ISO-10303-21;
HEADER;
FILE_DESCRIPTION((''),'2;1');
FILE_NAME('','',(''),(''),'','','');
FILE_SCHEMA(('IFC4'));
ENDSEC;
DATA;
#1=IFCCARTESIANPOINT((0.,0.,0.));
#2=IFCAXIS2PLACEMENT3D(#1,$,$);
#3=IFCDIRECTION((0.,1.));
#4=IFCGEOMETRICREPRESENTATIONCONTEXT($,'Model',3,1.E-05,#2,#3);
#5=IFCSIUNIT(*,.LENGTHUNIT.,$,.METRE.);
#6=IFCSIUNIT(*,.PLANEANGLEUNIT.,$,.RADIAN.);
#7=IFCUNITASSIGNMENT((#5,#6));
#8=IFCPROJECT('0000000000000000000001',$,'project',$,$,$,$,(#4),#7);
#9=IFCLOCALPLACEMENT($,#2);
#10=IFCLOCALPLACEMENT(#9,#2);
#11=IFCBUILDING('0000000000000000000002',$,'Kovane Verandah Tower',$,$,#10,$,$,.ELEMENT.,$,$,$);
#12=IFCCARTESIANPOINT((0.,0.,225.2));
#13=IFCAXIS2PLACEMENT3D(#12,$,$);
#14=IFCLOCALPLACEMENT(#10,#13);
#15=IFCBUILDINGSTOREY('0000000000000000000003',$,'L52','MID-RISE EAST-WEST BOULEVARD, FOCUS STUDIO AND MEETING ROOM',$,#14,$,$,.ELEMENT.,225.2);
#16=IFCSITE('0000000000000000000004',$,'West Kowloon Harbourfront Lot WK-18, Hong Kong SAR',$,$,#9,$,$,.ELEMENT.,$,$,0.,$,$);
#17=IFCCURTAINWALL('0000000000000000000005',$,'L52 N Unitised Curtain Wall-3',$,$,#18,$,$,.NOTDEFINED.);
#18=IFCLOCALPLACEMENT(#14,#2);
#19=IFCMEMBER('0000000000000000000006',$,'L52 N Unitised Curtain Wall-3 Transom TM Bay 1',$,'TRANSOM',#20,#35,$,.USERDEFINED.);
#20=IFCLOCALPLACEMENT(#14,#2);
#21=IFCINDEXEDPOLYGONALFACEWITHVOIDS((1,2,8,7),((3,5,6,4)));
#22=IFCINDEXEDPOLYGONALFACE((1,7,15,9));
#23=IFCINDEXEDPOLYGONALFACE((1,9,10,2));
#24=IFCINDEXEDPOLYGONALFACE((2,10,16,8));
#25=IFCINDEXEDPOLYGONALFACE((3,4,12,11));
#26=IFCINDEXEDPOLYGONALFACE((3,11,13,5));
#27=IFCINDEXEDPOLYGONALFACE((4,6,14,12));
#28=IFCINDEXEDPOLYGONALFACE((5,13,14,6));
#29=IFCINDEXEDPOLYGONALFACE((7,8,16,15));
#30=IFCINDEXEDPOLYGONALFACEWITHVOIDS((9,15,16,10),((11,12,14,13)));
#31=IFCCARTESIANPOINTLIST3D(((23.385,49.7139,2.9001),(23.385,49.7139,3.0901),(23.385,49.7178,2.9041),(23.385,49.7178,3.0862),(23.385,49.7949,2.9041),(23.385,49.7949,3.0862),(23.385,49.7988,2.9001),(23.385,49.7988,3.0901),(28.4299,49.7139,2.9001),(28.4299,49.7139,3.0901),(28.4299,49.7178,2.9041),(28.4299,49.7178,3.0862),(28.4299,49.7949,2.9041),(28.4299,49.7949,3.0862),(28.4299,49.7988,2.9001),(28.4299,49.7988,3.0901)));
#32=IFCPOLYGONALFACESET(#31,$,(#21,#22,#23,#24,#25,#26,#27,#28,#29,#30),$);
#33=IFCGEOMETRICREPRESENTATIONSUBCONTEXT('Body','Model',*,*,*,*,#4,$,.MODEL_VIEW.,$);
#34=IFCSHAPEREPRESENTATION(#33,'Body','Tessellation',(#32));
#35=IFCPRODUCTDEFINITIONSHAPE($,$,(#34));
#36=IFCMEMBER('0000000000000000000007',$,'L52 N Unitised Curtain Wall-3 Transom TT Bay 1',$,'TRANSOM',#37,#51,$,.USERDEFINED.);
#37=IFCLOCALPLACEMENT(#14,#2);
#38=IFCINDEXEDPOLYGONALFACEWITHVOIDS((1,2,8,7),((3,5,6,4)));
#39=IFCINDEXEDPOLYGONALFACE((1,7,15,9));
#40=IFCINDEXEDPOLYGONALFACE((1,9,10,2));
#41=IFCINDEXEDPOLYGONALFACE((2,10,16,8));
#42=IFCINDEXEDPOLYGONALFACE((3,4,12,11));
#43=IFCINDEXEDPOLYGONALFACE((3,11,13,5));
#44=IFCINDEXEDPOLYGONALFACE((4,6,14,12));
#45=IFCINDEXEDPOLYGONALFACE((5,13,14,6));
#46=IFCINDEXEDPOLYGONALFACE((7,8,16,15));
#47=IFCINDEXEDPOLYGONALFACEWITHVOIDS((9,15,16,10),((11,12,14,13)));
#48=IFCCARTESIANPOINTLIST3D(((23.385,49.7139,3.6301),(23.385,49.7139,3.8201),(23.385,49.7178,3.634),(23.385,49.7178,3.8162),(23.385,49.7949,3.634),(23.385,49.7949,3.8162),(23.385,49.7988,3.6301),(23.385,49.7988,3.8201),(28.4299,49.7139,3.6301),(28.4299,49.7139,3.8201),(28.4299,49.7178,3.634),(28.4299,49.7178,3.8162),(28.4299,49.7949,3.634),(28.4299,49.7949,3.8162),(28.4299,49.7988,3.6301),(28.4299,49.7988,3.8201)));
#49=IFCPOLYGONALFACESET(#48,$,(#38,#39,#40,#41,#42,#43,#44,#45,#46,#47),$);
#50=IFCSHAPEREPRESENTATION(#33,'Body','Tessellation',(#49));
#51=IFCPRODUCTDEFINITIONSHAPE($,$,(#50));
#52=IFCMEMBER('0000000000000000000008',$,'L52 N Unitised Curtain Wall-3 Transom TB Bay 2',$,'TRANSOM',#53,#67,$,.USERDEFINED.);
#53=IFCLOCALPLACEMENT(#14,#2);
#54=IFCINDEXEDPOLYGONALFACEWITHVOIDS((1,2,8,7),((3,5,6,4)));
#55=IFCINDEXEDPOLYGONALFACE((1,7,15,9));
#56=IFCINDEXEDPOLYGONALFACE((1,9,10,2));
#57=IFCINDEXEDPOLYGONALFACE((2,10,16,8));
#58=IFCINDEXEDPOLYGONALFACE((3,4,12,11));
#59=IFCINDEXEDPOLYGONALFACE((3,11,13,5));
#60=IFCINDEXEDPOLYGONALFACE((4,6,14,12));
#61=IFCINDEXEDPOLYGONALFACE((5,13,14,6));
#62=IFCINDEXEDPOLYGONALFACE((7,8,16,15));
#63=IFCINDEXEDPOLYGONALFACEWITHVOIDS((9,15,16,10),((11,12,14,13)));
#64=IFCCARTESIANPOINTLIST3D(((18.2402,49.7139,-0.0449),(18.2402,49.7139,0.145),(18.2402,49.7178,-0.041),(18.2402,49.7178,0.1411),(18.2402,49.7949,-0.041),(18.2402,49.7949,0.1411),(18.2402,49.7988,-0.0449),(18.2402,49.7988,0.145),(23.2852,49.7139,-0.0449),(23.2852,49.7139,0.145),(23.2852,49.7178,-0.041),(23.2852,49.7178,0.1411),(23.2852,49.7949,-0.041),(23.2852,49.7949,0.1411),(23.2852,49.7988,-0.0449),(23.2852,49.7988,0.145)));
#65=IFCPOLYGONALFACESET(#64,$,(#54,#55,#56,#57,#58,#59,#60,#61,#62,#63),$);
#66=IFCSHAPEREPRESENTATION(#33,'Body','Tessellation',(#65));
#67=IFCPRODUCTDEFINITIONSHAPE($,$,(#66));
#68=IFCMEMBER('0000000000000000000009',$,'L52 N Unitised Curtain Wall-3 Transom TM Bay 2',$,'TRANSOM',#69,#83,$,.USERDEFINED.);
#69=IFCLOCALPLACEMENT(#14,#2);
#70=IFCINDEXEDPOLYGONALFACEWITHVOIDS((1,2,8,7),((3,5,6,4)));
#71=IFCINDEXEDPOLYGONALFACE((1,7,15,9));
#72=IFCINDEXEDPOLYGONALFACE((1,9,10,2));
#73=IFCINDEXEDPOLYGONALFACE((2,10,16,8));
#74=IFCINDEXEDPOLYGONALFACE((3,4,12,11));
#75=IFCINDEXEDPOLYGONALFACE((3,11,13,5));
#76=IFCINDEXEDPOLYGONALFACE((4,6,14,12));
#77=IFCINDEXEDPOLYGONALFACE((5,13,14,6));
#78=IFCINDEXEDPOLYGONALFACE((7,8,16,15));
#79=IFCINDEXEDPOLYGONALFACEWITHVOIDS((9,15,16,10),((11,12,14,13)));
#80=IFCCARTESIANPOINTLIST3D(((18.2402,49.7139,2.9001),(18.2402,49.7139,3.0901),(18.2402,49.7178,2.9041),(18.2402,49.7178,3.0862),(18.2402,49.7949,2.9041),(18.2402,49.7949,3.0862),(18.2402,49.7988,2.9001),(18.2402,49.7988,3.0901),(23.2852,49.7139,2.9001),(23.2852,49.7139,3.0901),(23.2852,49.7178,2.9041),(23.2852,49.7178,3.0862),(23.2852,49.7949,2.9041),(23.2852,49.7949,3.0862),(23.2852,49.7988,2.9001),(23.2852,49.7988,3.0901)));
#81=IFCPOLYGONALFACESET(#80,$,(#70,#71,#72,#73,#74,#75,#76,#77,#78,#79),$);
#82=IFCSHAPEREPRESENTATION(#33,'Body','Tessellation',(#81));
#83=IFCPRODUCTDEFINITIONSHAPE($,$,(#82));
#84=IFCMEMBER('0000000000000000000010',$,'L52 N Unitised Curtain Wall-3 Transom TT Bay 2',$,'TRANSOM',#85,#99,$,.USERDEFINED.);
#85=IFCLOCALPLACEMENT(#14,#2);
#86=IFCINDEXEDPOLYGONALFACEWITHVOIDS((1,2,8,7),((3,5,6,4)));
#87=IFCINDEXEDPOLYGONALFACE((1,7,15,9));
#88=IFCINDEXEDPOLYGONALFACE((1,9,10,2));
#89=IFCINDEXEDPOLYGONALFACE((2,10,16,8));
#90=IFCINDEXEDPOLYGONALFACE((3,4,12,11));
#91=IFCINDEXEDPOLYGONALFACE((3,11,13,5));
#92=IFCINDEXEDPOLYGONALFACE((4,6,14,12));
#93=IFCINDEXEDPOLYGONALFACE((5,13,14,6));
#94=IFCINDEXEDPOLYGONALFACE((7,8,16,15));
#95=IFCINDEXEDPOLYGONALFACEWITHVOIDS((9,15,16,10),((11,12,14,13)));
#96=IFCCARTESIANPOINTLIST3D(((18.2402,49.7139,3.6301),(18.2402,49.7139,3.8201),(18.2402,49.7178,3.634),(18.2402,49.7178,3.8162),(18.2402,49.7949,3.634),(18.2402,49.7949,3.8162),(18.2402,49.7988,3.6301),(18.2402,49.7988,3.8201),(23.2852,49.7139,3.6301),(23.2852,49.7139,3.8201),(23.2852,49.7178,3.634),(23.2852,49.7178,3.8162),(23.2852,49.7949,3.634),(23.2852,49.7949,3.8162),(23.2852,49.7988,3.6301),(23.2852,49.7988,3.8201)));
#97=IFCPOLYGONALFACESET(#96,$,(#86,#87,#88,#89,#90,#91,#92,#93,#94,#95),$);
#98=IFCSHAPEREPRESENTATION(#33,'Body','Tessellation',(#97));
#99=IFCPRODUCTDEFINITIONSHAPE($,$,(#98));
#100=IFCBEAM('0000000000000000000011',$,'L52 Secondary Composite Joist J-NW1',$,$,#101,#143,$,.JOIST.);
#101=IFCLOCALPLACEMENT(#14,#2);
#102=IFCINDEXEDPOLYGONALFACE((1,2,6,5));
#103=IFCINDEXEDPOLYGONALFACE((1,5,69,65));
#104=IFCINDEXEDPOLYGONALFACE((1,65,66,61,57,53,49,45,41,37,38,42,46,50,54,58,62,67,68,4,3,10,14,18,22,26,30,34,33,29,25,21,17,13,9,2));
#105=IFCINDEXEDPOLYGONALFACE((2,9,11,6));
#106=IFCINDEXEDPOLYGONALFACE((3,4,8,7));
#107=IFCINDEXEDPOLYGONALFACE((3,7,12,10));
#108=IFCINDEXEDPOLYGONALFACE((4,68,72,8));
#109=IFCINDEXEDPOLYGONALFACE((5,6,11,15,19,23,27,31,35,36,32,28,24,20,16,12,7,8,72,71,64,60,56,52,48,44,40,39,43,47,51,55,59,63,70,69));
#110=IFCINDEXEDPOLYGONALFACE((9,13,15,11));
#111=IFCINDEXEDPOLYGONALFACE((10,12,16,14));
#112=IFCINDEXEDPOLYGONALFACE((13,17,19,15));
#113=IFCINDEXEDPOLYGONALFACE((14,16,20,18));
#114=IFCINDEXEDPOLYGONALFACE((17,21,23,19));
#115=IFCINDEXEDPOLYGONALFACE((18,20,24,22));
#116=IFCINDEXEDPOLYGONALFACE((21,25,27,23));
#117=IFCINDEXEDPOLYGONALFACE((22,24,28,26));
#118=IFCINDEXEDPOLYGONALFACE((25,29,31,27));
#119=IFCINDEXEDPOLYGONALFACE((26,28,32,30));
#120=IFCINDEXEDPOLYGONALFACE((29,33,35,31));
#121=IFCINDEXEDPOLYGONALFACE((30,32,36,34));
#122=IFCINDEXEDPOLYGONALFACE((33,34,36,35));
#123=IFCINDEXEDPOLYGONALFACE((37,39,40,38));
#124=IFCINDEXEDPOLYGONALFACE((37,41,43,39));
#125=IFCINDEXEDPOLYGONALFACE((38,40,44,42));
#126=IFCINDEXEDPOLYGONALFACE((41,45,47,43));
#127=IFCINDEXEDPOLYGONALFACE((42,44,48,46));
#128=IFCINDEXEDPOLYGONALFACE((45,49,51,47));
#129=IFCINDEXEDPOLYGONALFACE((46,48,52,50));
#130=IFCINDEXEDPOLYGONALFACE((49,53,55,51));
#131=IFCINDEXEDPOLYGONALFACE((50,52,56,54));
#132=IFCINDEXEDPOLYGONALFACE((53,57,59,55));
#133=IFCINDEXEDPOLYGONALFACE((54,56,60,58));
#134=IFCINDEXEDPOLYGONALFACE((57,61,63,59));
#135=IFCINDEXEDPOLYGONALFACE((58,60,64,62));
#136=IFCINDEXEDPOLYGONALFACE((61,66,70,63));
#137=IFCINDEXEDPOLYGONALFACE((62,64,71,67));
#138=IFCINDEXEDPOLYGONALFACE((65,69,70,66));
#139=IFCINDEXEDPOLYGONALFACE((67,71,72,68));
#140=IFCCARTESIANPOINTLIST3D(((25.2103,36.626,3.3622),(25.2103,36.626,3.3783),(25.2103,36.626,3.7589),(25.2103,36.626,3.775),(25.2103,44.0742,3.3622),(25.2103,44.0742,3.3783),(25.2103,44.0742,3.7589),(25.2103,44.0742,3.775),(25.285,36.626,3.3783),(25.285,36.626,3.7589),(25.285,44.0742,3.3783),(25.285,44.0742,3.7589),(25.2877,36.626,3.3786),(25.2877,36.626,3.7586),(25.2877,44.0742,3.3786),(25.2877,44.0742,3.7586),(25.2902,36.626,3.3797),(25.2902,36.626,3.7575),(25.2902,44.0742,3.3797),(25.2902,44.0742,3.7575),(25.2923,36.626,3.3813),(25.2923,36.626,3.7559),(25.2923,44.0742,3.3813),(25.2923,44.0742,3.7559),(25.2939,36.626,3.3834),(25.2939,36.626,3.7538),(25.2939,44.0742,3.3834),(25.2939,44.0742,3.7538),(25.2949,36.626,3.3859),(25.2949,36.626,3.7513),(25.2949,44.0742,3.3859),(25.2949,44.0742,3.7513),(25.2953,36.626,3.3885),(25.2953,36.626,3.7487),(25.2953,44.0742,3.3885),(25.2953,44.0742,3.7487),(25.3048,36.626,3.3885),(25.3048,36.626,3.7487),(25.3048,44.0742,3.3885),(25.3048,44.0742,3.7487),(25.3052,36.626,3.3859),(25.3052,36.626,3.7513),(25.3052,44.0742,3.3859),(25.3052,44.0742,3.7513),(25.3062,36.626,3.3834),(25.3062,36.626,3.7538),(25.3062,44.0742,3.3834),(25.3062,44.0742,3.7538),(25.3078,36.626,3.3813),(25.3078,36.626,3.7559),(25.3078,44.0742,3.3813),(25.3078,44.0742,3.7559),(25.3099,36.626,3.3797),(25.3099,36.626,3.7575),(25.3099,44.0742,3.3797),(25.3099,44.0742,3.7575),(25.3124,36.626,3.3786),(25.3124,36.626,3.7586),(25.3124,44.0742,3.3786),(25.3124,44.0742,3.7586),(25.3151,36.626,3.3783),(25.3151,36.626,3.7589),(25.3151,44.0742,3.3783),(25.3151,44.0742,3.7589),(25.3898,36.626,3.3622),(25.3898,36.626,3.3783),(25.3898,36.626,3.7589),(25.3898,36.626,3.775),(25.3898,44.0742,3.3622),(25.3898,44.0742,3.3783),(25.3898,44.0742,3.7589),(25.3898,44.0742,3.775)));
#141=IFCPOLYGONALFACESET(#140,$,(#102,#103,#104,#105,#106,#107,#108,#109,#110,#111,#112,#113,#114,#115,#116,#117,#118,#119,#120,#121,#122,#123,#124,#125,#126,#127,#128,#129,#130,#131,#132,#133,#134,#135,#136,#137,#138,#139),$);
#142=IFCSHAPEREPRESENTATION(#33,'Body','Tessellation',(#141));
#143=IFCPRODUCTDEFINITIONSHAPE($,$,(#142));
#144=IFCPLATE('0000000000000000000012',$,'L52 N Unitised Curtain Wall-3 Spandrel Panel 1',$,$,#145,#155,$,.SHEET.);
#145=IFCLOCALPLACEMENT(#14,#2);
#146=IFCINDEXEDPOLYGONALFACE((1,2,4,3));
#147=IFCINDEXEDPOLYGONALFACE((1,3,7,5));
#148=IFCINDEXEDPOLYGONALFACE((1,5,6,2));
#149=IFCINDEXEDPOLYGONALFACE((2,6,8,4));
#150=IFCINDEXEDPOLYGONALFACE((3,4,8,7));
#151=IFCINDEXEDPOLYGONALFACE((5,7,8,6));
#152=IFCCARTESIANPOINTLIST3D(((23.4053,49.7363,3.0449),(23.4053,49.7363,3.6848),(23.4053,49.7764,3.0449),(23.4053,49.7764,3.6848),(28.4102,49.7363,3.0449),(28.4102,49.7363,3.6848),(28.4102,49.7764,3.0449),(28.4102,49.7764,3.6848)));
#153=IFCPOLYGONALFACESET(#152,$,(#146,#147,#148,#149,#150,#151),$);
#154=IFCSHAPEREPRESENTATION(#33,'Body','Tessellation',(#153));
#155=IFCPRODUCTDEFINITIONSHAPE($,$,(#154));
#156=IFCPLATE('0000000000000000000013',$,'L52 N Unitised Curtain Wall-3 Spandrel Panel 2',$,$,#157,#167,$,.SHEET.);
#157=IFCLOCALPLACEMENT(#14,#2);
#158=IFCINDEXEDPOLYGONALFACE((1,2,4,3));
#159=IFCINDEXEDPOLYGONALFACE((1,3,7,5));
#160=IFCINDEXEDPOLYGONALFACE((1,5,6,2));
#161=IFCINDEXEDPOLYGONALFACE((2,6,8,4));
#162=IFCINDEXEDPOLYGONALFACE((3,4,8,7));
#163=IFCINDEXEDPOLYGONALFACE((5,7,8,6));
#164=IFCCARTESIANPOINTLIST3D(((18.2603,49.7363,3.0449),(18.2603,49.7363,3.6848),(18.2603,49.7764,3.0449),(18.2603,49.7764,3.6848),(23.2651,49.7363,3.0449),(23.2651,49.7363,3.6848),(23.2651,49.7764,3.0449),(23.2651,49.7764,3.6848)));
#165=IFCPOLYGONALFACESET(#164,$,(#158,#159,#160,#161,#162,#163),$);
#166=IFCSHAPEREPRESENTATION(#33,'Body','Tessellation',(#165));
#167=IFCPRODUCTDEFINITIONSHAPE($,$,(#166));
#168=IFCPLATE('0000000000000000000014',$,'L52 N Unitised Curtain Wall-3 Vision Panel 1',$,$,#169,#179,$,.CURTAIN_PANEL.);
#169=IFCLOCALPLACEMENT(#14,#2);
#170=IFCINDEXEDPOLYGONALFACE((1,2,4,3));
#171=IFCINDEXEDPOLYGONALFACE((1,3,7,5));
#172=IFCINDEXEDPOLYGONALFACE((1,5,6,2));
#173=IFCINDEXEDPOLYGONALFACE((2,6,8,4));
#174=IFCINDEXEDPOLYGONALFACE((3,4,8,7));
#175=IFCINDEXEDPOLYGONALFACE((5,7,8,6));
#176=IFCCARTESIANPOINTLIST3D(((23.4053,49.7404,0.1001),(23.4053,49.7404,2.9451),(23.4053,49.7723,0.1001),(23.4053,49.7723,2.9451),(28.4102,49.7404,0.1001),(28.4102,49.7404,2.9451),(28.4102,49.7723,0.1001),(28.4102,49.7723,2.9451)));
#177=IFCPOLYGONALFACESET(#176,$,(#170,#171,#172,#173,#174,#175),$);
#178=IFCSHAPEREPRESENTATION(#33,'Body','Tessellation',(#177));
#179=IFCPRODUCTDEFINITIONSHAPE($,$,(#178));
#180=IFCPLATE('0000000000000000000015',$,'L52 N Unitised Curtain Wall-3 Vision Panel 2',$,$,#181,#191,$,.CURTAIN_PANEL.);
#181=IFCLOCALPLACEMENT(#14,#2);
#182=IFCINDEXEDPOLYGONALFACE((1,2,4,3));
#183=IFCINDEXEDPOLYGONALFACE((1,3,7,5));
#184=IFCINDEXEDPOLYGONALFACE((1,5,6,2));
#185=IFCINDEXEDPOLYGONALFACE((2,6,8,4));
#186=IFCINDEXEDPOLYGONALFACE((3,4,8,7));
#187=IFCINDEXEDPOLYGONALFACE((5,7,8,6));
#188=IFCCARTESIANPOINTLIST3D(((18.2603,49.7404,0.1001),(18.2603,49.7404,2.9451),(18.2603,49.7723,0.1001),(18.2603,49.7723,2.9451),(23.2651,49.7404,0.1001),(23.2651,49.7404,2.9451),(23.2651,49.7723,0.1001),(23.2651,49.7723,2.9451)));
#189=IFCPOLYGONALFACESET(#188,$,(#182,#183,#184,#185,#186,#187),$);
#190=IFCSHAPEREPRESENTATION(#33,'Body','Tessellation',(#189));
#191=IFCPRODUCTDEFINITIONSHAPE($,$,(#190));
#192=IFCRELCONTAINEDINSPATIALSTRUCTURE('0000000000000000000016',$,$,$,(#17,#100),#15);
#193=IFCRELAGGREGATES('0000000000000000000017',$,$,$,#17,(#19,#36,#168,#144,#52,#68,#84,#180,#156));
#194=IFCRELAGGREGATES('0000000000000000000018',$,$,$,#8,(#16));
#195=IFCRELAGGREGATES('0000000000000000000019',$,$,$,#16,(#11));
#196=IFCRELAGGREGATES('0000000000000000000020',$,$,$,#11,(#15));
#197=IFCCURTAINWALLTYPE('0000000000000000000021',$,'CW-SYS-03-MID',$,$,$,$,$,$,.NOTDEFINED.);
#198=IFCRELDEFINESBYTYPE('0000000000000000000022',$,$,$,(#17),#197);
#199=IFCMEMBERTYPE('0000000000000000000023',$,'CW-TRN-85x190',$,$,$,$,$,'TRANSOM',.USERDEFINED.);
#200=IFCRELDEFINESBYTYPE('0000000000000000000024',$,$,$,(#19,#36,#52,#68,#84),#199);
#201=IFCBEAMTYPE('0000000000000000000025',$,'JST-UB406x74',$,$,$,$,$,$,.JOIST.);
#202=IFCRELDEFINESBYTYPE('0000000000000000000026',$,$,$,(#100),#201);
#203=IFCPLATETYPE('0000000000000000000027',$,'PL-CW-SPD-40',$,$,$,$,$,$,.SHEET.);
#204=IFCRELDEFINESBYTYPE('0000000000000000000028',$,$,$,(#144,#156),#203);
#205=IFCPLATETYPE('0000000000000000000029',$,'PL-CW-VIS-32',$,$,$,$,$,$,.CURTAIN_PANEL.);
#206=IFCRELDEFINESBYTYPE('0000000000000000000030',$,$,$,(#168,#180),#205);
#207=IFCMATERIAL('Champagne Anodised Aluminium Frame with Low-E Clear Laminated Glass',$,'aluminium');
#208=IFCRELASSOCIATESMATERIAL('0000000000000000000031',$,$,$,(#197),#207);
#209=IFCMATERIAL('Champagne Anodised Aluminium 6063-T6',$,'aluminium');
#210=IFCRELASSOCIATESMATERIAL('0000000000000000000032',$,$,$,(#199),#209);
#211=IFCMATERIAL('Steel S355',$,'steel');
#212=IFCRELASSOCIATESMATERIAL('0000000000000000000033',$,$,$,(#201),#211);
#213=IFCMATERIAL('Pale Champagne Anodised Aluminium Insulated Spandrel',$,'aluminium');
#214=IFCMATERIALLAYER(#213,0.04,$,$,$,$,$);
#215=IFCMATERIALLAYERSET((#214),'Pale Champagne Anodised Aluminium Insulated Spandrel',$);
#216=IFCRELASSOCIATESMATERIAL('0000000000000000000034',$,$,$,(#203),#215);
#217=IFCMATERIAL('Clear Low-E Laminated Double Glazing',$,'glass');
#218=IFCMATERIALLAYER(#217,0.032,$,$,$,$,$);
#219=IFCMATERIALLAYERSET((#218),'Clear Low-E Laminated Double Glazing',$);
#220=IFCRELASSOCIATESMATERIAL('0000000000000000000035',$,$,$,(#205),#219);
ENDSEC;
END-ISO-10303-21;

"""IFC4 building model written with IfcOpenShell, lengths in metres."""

from ifc_helpers import new_model, si_unit, direction, frame, origin, origin_2d, place, context, subcontext, project, spatial, rectangle, hollow_rectangle, i_section, extrude, material, layer, layer_set, material_profile, profile_set, type_object, element, aggregate, save


model = new_model("IFC4")

# Units and contexts
model_context = context("Model", 3, precision=1e-05, world=origin(), true_north=direction((0.0, 1.0)))
body_context = subcontext(model_context, "Body", "Model", "MODEL_VIEW")
ifc_project = project(units=[si_unit("LENGTHUNIT", "METRE"), si_unit("PLANEANGLEUNIT", "RADIAN")], contexts=[model_context])

# Site, building, storey
site_placement = place(None, origin())
site = spatial("IfcSite", under=ifc_project, at=site_placement, Name="West Kowloon Harbourfront Lot WK-18, Hong Kong SAR", CompositionType="ELEMENT", RefElevation=0.0)
building_placement = place(site_placement, origin())
building = spatial("IfcBuilding", under=site, at=building_placement, Name="Kovane Verandah Tower", CompositionType="ELEMENT")
storey_placement = place(building_placement, frame((0.0, 0.0, 225.2)))
storey = spatial("IfcBuildingStorey", under=building, at=storey_placement, Name="L52", Description="MID-RISE EAST-WEST BOULEVARD, FOCUS STUDIO AND MEETING ROOM", CompositionType="ELEMENT", Elevation=225.2)

# Shared definitions
ifc_material_1 = material(Name="Steel S355", Category="steel")

# Curtain wall, members
ifc_material_2 = material(Name="Champagne Anodised Aluminium Frame with Low-E Clear Laminated Glass", Category="aluminium")
curtain_wall_type = type_object("IfcCurtainWallType", Name="CW-SYS-03-MID", PredefinedType="NOTDEFINED", material=ifc_material_2)
curtain_wall_placement = place(storey_placement, origin())
curtain_wall = element("IfcCurtainWall", 1, at=curtain_wall_placement, inside=storey, type_object=curtain_wall_type, Name="L52 N Unitised Curtain Wall-3", PredefinedType="NOTDEFINED")
ifc_material_3 = material(Name="Champagne Anodised Aluminium 6063-T6", Category="aluminium")
ifc_material_profile_1 = material_profile(ifc_material_3, hollow_rectangle(XDim=0.085, YDim=0.1899, WallThickness=0.0039, at=origin_2d()), Name="AL85x190x4")
ifc_profile_set_1 = profile_set([ifc_material_profile_1], Name="Champagne Anodised Aluminium 6063-T6")
member_type_1 = type_object("IfcMemberType", Name="CW-TRN-85x190", ElementType="TRANSOM", PredefinedType="USERDEFINED", material=ifc_profile_set_1)
member_1_placement = place(storey_placement, frame((28.4299, 49.7563, 2.9951), z_axis=(-1.0, 0.0, 0.0), x_axis=(0.0, -1.0, 0.0)))
member_1 = element("IfcMember", 2, at=member_1_placement, type_object=member_type_1, Name="L52 N Unitised Curtain Wall-3 Transom TM Bay 1", ObjectType="TRANSOM", PredefinedType="USERDEFINED", context=body_context, shape_type="SweptSolid", body=[
    extrude(hollow_rectangle(XDim=0.085, YDim=0.1899, WallThickness=0.0039, at=origin_2d()), origin(), (0.0, 0.0, 1.0), 5.0449),
])
member_2_placement = place(storey_placement, frame((28.4299, 49.7563, 3.7251), z_axis=(-1.0, 0.0, 0.0), x_axis=(0.0, -1.0, 0.0)))
member_2 = element("IfcMember", 3, at=member_2_placement, type_object=member_type_1, Name="L52 N Unitised Curtain Wall-3 Transom TT Bay 1", ObjectType="TRANSOM", PredefinedType="USERDEFINED", context=body_context, shape_type="SweptSolid", body=[
    extrude(hollow_rectangle(XDim=0.085, YDim=0.1899, WallThickness=0.0039, at=origin_2d()), origin(), (0.0, 0.0, 1.0), 5.0449),
])
member_3_placement = place(storey_placement, frame((23.2852, 49.7563, 0.05), z_axis=(-1.0, 0.0, 0.0), x_axis=(0.0, -1.0, 0.0)))
member_3 = element("IfcMember", 4, at=member_3_placement, type_object=member_type_1, Name="L52 N Unitised Curtain Wall-3 Transom TB Bay 2", ObjectType="TRANSOM", PredefinedType="USERDEFINED", context=body_context, shape_type="SweptSolid", body=[
    extrude(hollow_rectangle(XDim=0.085, YDim=0.1899, WallThickness=0.0039, at=origin_2d()), origin(), (0.0, 0.0, 1.0), 5.0449),
])
member_4_placement = place(storey_placement, frame((23.2852, 49.7563, 2.9951), z_axis=(-1.0, 0.0, 0.0), x_axis=(0.0, -1.0, 0.0)))
member_4 = element("IfcMember", 5, at=member_4_placement, type_object=member_type_1, Name="L52 N Unitised Curtain Wall-3 Transom TM Bay 2", ObjectType="TRANSOM", PredefinedType="USERDEFINED", context=body_context, shape_type="SweptSolid", body=[
    extrude(hollow_rectangle(XDim=0.085, YDim=0.1899, WallThickness=0.0039, at=origin_2d()), origin(), (0.0, 0.0, 1.0), 5.0449),
])
member_5_placement = place(storey_placement, frame((23.2852, 49.7563, 3.7251), z_axis=(-1.0, 0.0, 0.0), x_axis=(0.0, -1.0, 0.0)))
member_5 = element("IfcMember", 6, at=member_5_placement, type_object=member_type_1, Name="L52 N Unitised Curtain Wall-3 Transom TT Bay 2", ObjectType="TRANSOM", PredefinedType="USERDEFINED", context=body_context, shape_type="SweptSolid", body=[
    extrude(hollow_rectangle(XDim=0.085, YDim=0.1899, WallThickness=0.0039, at=origin_2d()), origin(), (0.0, 0.0, 1.0), 5.0449),
])

# Beam
ifc_material_profile_2 = material_profile(ifc_material_1, i_section(OverallWidth=0.1794, OverallDepth=0.4128, WebThickness=0.0095, FlangeThickness=0.0161, FilletRadius=0.0103, at=origin_2d()), Name="UB406x178x74")
ifc_profile_set_2 = profile_set([ifc_material_profile_2], Name="Steel S355")
beam_type_1 = type_object("IfcBeamType", Name="JST-UB406x74", PredefinedType="JOIST", material=ifc_profile_set_2)
beam_1_placement = place(storey_placement, frame((25.3, 36.626, 3.5686), z_axis=(0.0, 1.0, 0.0), x_axis=(-1.0, 0.0, 0.0)))
element("IfcBeam", 7, at=beam_1_placement, inside=storey, type_object=beam_type_1, Name="L52 Secondary Composite Joist J-NW1", PredefinedType="JOIST", context=body_context, shape_type="SweptSolid", body=[
    extrude(i_section(OverallWidth=0.1794, OverallDepth=0.4128, WebThickness=0.0095, FlangeThickness=0.0161, FilletRadius=0.0103, at=origin_2d()), origin(), (0.0, 0.0, 1.0), 7.4482),
])

# Plates
ifc_material_4 = material(Name="Pale Champagne Anodised Aluminium Insulated Spandrel", Category="aluminium")
ifc_layer_1 = layer(ifc_material_4, 0.04)
ifc_layer_set_1 = layer_set([ifc_layer_1], Name="Pale Champagne Anodised Aluminium Insulated Spandrel")
plate_type_1 = type_object("IfcPlateType", Name="PL-CW-SPD-40", PredefinedType="SHEET", material=ifc_layer_set_1)
plate_1_placement = place(storey_placement, frame((25.9077, 49.7563, 3.0449), z_axis=(0.0, 0.0, 1.0), x_axis=(-1.0, 0.0, 0.0)))
plate_1 = element("IfcPlate", 8, at=plate_1_placement, type_object=plate_type_1, Name="L52 N Unitised Curtain Wall-3 Spandrel Panel 1", PredefinedType="SHEET", context=body_context, shape_type="SweptSolid", body=[
    extrude(rectangle(XDim=5.0049, YDim=0.04, at=origin_2d()), origin(), (0.0, 0.0, 1.0), 0.6399),
])
plate_2_placement = place(storey_placement, frame((20.7627, 49.7563, 3.0449), z_axis=(0.0, 0.0, 1.0), x_axis=(-1.0, 0.0, 0.0)))
plate_2 = element("IfcPlate", 9, at=plate_2_placement, type_object=plate_type_1, Name="L52 N Unitised Curtain Wall-3 Spandrel Panel 2", PredefinedType="SHEET", context=body_context, shape_type="SweptSolid", body=[
    extrude(rectangle(XDim=5.0049, YDim=0.04, at=origin_2d()), origin(), (0.0, 0.0, 1.0), 0.6399),
])
ifc_material_5 = material(Name="Clear Low-E Laminated Double Glazing", Category="glass")
ifc_layer_2 = layer(ifc_material_5, 0.032)
ifc_layer_set_2 = layer_set([ifc_layer_2], Name="Clear Low-E Laminated Double Glazing")
plate_type_2 = type_object("IfcPlateType", Name="PL-CW-VIS-32", PredefinedType="CURTAIN_PANEL", material=ifc_layer_set_2)
plate_3_placement = place(storey_placement, frame((25.9077, 49.7563, 0.1001), z_axis=(0.0, 0.0, 1.0), x_axis=(-1.0, 0.0, 0.0)))
plate_3 = element("IfcPlate", 10, at=plate_3_placement, type_object=plate_type_2, Name="L52 N Unitised Curtain Wall-3 Vision Panel 1", PredefinedType="CURTAIN_PANEL", context=body_context, shape_type="SweptSolid", body=[
    extrude(rectangle(XDim=5.0049, YDim=0.032, at=origin_2d()), origin(), (0.0, 0.0, 1.0), 2.845),
])
plate_4_placement = place(storey_placement, frame((20.7627, 49.7563, 0.1001), z_axis=(0.0, 0.0, 1.0), x_axis=(-1.0, 0.0, 0.0)))
plate_4 = element("IfcPlate", 11, at=plate_4_placement, type_object=plate_type_2, Name="L52 N Unitised Curtain Wall-3 Vision Panel 2", PredefinedType="CURTAIN_PANEL", context=body_context, shape_type="SweptSolid", body=[
    extrude(rectangle(XDim=5.0049, YDim=0.032, at=origin_2d()), origin(), (0.0, 0.0, 1.0), 2.845),
])
aggregate(curtain_wall, [member_1, member_2, plate_3, plate_1, member_3, member_4, member_5, plate_4, plate_2])

save(model, "model.ifc")
